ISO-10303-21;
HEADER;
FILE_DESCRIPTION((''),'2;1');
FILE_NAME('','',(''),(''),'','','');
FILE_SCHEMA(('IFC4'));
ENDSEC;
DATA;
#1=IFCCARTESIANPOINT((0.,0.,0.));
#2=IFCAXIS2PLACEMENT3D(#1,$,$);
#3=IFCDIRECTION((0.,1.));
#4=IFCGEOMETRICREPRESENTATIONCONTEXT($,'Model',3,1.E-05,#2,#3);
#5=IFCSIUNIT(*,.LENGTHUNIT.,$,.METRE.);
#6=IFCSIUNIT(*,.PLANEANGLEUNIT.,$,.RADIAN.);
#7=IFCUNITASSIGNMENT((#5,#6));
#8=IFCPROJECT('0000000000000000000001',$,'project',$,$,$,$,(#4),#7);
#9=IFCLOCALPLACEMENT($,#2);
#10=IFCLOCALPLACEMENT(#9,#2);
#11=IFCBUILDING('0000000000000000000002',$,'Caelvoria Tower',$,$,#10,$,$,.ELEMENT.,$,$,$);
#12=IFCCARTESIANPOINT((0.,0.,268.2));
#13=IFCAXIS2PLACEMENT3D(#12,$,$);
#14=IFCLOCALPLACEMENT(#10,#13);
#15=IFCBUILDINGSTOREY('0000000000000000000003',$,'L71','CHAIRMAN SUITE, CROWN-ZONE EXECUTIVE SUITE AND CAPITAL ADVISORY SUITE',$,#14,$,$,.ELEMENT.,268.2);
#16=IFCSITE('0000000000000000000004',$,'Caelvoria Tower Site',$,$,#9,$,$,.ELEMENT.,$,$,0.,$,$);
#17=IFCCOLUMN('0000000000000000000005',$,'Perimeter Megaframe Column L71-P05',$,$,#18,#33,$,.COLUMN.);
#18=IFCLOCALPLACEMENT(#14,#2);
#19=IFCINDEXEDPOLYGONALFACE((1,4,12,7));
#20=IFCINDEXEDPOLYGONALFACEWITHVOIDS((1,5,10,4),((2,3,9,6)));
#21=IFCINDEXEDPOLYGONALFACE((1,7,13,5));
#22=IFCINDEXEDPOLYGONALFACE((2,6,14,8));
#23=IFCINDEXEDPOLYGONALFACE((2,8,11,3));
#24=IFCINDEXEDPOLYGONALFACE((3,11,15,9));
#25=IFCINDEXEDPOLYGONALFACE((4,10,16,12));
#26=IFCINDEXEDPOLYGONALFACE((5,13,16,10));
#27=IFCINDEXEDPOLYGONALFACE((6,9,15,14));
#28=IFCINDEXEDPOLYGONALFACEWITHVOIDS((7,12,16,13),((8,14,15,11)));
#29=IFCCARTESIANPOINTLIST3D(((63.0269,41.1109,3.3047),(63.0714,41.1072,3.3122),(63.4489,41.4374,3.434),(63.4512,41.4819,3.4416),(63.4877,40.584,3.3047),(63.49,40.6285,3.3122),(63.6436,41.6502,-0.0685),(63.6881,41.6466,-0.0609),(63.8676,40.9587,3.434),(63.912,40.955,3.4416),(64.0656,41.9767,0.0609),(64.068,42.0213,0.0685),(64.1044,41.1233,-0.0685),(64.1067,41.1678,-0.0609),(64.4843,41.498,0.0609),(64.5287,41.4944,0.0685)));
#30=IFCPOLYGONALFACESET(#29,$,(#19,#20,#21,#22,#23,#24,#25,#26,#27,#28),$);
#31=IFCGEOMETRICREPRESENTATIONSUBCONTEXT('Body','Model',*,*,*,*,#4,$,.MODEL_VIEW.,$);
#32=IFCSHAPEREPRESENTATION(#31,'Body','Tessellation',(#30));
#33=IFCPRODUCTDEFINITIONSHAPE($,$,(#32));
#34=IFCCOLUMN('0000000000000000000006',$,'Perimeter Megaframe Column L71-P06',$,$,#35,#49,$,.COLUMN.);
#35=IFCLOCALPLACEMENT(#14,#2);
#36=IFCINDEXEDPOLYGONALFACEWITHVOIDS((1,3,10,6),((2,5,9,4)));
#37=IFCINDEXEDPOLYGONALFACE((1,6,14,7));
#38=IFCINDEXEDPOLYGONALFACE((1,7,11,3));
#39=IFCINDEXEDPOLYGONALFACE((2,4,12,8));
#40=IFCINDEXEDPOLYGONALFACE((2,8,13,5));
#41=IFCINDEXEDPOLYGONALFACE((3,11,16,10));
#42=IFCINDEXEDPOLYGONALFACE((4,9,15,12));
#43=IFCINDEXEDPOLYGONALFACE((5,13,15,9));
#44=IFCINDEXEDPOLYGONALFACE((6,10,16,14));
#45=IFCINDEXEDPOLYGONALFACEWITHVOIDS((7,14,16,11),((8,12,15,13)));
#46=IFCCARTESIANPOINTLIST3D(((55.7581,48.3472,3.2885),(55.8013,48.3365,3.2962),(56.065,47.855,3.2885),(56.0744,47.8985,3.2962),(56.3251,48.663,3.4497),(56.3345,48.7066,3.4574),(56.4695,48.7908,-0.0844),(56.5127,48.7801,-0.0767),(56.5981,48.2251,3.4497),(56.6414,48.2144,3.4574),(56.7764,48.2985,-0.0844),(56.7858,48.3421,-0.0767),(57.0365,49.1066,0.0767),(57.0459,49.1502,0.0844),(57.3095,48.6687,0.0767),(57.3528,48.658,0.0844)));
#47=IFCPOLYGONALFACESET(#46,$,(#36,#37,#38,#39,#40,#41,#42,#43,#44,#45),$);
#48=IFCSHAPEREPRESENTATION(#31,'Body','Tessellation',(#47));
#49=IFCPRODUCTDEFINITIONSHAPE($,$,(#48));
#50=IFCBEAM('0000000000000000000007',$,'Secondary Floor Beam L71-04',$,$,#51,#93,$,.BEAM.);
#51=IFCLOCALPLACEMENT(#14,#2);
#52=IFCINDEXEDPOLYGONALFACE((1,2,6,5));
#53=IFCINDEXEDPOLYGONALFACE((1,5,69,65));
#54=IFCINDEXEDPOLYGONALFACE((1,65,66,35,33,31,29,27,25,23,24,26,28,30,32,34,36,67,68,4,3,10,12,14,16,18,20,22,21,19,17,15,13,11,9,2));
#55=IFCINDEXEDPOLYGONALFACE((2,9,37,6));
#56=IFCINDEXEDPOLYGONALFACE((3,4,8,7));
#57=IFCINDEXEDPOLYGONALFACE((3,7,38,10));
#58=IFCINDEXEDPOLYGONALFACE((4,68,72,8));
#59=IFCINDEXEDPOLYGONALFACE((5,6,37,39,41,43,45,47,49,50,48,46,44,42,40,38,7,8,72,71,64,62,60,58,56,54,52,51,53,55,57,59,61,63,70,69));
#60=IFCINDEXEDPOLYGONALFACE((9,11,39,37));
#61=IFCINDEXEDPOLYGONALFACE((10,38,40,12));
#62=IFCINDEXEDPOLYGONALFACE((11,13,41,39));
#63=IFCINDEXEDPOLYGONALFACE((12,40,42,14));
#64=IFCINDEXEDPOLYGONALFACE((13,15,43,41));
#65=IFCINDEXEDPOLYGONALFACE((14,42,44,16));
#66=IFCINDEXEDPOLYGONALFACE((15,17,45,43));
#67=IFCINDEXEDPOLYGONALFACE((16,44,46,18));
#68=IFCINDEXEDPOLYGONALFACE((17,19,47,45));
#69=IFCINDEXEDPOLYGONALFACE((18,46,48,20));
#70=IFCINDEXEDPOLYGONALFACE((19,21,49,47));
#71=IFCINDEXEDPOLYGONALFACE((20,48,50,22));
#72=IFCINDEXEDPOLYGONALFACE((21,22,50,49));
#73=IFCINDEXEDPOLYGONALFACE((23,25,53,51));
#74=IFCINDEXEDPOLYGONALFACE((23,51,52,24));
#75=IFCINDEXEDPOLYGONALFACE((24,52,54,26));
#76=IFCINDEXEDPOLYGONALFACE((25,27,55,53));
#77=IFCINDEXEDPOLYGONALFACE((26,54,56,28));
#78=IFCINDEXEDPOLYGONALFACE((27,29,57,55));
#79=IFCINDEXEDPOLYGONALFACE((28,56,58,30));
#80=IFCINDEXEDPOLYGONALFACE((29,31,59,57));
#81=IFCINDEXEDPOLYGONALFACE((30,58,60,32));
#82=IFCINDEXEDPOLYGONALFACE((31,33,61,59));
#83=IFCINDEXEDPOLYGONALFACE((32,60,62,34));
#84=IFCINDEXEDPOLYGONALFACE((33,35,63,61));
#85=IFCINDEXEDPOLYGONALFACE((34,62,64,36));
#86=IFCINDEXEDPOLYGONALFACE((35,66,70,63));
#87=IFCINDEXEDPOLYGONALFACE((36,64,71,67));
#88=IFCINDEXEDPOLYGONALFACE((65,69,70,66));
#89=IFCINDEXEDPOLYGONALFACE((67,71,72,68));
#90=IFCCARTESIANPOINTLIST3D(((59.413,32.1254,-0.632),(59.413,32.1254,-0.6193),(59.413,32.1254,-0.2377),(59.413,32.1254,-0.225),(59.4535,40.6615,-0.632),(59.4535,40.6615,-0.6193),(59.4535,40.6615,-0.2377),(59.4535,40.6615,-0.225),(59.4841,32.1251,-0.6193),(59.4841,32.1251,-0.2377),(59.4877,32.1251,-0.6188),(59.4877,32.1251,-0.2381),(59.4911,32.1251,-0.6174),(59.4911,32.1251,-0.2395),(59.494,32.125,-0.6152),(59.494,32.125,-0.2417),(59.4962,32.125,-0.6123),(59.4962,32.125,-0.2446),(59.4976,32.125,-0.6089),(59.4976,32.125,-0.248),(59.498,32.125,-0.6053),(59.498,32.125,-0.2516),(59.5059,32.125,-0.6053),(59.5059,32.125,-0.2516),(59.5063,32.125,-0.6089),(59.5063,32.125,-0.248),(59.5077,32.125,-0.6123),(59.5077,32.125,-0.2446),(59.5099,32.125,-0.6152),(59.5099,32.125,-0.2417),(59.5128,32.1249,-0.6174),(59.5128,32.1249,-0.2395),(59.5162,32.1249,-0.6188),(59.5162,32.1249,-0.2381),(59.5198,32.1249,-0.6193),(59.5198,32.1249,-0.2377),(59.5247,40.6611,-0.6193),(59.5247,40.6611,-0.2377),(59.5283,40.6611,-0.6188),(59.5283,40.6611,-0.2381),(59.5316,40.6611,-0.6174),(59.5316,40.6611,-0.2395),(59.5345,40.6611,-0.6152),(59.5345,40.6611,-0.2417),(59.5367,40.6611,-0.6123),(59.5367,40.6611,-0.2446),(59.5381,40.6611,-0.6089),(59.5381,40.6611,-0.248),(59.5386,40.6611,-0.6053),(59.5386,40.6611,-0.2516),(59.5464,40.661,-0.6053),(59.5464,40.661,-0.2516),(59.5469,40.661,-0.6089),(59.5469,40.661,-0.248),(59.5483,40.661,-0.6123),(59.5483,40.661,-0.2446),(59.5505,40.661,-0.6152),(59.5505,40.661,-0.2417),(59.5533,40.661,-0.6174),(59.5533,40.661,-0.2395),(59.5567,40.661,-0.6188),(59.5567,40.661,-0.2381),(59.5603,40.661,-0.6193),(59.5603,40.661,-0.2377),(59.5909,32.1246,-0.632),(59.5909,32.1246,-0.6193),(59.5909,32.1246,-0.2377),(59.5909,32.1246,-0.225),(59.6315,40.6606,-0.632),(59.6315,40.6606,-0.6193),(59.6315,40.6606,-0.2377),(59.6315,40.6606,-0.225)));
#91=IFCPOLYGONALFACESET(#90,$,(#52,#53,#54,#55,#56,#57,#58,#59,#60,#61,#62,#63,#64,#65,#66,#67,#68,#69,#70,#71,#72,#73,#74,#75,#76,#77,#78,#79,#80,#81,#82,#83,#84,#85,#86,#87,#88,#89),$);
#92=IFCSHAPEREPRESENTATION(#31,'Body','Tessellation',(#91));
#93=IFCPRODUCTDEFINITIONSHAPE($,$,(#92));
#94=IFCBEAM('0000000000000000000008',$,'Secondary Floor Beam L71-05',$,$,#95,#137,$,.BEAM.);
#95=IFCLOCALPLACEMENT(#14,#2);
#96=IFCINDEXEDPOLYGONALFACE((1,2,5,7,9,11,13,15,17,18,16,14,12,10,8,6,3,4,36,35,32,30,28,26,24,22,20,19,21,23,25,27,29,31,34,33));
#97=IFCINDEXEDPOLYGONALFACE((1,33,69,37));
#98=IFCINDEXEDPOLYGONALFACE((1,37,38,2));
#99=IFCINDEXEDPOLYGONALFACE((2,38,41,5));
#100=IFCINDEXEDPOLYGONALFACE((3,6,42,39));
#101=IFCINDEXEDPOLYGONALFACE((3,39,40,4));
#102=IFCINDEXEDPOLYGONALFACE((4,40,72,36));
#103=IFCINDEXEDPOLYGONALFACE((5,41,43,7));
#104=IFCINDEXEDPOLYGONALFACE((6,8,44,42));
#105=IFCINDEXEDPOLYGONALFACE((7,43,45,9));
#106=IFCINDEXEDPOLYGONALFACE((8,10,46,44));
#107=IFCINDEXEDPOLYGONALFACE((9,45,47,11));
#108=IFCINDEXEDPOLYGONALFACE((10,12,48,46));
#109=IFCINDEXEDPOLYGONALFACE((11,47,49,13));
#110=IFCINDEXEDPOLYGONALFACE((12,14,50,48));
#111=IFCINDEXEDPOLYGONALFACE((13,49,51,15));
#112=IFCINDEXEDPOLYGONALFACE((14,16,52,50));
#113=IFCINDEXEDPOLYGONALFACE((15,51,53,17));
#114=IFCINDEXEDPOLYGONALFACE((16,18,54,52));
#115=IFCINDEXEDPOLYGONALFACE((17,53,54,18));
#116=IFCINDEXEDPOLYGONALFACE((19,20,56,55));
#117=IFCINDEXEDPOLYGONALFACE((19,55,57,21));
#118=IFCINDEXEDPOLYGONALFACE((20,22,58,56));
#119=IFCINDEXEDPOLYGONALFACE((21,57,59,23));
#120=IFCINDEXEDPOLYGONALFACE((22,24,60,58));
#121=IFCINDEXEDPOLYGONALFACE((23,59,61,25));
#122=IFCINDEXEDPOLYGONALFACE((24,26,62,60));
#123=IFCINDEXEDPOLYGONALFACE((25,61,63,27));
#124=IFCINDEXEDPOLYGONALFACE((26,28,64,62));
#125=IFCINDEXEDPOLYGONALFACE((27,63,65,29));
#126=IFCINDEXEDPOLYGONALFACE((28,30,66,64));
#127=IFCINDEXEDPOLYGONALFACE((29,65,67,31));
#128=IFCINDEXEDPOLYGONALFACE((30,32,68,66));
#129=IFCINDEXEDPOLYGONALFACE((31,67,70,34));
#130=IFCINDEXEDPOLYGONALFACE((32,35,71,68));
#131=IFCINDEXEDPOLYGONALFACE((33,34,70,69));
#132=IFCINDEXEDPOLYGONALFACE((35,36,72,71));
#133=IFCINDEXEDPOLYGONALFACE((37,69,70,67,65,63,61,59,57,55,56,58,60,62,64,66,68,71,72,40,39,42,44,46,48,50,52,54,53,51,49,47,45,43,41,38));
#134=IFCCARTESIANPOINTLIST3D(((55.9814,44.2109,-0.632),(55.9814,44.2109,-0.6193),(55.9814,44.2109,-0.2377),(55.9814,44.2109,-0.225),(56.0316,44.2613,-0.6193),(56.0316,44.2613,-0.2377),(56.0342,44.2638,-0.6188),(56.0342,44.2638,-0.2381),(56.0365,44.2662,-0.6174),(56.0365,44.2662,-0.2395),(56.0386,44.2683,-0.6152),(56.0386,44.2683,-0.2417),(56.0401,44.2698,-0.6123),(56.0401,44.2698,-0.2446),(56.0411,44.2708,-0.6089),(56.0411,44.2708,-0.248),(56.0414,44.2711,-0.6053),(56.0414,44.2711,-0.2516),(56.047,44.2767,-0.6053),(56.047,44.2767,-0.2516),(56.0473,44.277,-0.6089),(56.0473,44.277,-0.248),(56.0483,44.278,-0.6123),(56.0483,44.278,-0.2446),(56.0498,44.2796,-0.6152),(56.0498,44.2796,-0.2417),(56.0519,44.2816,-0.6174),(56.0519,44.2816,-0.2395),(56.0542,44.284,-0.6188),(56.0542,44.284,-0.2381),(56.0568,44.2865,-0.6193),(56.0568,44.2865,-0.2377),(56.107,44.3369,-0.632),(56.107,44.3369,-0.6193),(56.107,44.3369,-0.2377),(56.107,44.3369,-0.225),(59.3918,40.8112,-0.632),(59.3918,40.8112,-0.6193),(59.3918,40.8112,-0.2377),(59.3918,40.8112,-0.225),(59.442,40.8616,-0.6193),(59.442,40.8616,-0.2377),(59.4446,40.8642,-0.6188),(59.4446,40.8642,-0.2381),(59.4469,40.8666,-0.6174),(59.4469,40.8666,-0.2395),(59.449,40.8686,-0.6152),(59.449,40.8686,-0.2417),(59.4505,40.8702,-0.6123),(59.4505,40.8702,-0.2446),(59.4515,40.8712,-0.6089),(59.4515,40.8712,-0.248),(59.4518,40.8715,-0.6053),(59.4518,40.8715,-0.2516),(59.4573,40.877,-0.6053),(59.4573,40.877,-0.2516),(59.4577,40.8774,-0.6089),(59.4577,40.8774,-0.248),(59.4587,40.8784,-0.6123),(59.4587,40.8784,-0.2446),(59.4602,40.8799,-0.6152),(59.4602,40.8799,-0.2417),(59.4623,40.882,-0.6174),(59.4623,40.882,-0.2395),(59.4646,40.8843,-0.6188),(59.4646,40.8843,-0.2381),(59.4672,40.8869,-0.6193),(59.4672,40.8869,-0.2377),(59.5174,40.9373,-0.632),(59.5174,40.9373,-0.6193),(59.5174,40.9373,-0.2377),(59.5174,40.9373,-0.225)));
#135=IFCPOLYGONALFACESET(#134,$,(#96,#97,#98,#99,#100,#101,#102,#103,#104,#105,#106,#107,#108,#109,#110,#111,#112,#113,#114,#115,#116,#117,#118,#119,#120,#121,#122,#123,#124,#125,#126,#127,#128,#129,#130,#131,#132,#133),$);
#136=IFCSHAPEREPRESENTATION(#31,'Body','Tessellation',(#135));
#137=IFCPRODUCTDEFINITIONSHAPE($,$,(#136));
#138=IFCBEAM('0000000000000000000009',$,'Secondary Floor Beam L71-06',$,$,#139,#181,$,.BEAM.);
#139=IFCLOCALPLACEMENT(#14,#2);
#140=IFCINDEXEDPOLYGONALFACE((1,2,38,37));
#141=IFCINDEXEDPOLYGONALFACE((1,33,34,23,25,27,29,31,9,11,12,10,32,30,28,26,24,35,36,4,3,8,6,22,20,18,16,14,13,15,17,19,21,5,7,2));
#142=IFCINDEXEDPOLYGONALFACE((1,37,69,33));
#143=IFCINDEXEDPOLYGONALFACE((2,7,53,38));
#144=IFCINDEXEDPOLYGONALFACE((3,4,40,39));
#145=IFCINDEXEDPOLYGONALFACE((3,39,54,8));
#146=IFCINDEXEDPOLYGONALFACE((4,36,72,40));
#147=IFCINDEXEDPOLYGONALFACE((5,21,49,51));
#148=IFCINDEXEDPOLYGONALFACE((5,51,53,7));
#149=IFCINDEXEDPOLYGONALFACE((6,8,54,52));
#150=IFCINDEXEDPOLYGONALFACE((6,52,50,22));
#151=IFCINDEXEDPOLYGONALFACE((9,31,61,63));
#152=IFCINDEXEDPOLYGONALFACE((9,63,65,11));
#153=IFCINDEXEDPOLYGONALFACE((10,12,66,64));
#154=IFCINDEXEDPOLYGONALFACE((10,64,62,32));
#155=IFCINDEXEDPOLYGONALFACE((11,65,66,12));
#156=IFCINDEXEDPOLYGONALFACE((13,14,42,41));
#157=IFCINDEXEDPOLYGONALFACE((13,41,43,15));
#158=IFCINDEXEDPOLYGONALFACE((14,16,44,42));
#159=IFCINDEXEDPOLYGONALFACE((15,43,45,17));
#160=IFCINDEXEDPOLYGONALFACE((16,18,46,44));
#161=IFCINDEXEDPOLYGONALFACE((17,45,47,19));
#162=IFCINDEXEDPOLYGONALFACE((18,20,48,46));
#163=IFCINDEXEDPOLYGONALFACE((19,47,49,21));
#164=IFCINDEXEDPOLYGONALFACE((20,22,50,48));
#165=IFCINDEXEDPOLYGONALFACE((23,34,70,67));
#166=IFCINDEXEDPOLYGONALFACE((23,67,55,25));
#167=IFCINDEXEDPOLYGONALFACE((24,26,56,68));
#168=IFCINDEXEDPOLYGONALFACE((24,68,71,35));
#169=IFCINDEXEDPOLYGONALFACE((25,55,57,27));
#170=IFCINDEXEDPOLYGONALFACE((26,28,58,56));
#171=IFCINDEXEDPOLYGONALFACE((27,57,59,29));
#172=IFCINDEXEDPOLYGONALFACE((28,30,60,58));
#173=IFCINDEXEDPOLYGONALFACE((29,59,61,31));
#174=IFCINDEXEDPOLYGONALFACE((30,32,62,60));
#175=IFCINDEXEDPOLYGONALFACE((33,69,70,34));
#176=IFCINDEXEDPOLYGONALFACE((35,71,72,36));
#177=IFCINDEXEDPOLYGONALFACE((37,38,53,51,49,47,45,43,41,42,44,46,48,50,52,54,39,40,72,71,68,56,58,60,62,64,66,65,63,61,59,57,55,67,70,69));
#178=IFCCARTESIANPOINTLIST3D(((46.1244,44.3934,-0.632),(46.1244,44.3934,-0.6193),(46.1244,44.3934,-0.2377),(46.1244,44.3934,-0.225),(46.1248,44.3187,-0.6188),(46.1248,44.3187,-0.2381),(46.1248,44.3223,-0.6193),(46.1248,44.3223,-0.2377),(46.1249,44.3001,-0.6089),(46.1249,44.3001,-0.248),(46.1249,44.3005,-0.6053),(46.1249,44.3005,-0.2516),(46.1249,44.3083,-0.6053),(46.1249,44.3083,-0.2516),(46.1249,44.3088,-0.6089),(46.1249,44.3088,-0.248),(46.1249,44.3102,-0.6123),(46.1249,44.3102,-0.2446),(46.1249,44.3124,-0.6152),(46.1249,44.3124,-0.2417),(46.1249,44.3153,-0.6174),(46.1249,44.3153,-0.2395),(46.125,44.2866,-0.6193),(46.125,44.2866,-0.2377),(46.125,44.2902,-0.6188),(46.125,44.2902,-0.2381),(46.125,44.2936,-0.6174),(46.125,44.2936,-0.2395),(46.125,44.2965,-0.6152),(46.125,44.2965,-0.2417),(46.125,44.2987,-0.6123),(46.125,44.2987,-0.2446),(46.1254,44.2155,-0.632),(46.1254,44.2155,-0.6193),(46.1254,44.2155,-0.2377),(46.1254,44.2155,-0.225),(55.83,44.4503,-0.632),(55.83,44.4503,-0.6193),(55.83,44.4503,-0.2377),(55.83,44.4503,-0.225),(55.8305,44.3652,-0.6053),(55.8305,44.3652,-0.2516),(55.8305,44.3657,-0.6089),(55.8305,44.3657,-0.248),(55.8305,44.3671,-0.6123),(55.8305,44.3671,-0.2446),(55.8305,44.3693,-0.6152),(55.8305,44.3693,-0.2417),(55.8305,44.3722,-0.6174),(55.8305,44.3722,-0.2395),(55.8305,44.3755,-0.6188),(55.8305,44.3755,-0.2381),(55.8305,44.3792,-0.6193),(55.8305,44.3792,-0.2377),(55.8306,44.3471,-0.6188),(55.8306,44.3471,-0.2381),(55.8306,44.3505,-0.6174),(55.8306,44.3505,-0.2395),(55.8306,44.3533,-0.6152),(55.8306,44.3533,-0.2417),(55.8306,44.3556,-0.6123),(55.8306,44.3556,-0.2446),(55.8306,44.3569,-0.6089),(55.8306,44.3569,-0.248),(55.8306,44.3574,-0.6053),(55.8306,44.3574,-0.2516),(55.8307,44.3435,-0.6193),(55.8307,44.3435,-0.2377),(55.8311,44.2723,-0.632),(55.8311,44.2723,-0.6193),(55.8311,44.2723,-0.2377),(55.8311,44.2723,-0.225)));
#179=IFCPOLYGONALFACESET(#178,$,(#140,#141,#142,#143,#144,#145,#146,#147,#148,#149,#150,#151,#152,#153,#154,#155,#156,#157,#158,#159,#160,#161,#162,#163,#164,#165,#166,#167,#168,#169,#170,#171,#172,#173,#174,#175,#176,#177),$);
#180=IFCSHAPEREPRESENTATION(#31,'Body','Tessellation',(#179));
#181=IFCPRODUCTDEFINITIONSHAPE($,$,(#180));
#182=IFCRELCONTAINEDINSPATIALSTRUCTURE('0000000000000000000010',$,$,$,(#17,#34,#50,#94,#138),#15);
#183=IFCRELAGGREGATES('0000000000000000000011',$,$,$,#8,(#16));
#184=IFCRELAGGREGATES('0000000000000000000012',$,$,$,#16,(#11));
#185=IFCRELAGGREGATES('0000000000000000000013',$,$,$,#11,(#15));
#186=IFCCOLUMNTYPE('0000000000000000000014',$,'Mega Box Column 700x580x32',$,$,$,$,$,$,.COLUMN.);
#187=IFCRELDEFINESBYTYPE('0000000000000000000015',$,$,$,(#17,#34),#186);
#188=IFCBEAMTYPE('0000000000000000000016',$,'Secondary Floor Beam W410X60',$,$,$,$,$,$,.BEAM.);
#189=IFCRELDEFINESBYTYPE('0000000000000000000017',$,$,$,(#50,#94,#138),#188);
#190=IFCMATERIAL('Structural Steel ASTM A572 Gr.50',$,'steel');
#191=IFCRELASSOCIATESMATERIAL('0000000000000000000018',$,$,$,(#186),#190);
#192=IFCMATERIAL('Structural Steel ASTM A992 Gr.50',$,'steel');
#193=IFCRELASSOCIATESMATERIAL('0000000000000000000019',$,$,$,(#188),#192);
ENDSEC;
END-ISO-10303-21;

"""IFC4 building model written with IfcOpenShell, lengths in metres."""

from ifc_helpers import new_model, si_unit, direction, frame, origin, origin_2d, place, context, subcontext, project, spatial, hollow_rectangle, i_section, extrude, material, material_profile, profile_set, type_object, element, save


model = new_model("IFC4")

# Units and contexts
model_context = context("Model", 3, precision=1e-05, world=origin(), true_north=direction((0.0, 1.0)))
body_context = subcontext(model_context, "Body", "Model", "MODEL_VIEW")
ifc_project = project(units=[si_unit("LENGTHUNIT", "METRE"), si_unit("PLANEANGLEUNIT", "RADIAN")], contexts=[model_context])

# Site, building, storey
site_placement = place(None, origin())
site = spatial("IfcSite", under=ifc_project, at=site_placement, Name="Caelvoria Tower Site", CompositionType="ELEMENT", RefElevation=0.0)
building_placement = place(site_placement, origin())
building = spatial("IfcBuilding", under=site, at=building_placement, Name="Caelvoria Tower", CompositionType="ELEMENT")
storey_placement = place(building_placement, frame((0.0, 0.0, 268.2)))
storey = spatial("IfcBuildingStorey", under=building, at=storey_placement, Name="L71", Description="CHAIRMAN SUITE, CROWN-ZONE EXECUTIVE SUITE AND CAPITAL ADVISORY SUITE", CompositionType="ELEMENT", Elevation=268.2)

# Columns
ifc_material_1 = material(Name="Structural Steel ASTM A572 Gr.50", Category="steel")
ifc_material_profile_1 = material_profile(ifc_material_1, hollow_rectangle(XDim=0.5801, YDim=0.7, WallThickness=0.032, at=origin_2d()), Name="Structural Steel ASTM A572 Gr.50")
ifc_profile_set_1 = profile_set([ifc_material_profile_1], Name="BOX700X580X32 - Structural Steel ASTM A572 Gr.50")
column_type = type_object("IfcColumnType", Name="Mega Box Column 700x580x32", PredefinedType="COLUMN", material=ifc_profile_set_1)
column_1_placement = place(storey_placement, frame((64.0862, 41.5723, 0.0), z_axis=(-0.177666, -0.15537, 0.971748), x_axis=(0.731495, 0.639696, 0.236019)))
element("IfcColumn", 1, at=column_1_placement, inside=storey, type_object=column_type, Name="Perimeter Megaframe Column L71-P05", PredefinedType="COLUMN", context=body_context, shape_type="SweptSolid", body=[
    extrude(hollow_rectangle(XDim=0.5801, YDim=0.7, WallThickness=0.032, at=origin_2d()), origin(), (0.0, 0.0, 1.0), 3.4712),
])
column_2_placement = place(storey_placement, frame((56.9111, 48.7244, 0.0), z_axis=(-0.204687, -0.127631, 0.970471), x_axis=(0.529109, -0.848554, 0.0)))
element("IfcColumn", 2, at=column_2_placement, inside=storey, type_object=column_type, Name="Perimeter Megaframe Column L71-P06", PredefinedType="COLUMN", context=body_context, shape_type="SweptSolid", body=[
    extrude(hollow_rectangle(XDim=0.5801, YDim=0.7, WallThickness=0.032, at=origin_2d()), origin(), (0.0, 0.0, 1.0), 3.4756),
])

# Beams
ifc_material_2 = material(Name="Structural Steel ASTM A992 Gr.50", Category="steel")
ifc_material_profile_2 = material_profile(ifc_material_2, i_section(OverallWidth=0.178, OverallDepth=0.407, WebThickness=0.0078, FlangeThickness=0.0127, FilletRadius=0.0139, at=origin_2d()), Name="Structural Steel ASTM A992 Gr.50")
ifc_profile_set_2 = profile_set([ifc_material_profile_2], Name="W410X60 - Structural Steel ASTM A992 Gr.50")
beam_type_1 = type_object("IfcBeamType", Name="Secondary Floor Beam W410X60", PredefinedType="BEAM", material=ifc_profile_set_2)
beam_1_placement = place(storey_placement, frame((59.502, 32.125, -0.4285), z_axis=(0.004748, 0.999989, 0.0), x_axis=(-0.999989, 0.004748, 0.0)))
element("IfcBeam", 3, at=beam_1_placement, inside=storey, type_object=beam_type_1, Name="Secondary Floor Beam L71-04", PredefinedType="BEAM", context=body_context, shape_type="SweptSolid", body=[
    extrude(i_section(OverallWidth=0.178, OverallDepth=0.407, WebThickness=0.0078, FlangeThickness=0.0127, FilletRadius=0.0139, at=origin_2d()), origin(), (0.0, 0.0, 1.0), 8.5361),
])
beam_2_placement = place(storey_placement, frame((59.4546, 40.8743, -0.4285), z_axis=(-0.708221, 0.705991, 0.0), x_axis=(-0.705991, -0.708221, 0.0)))
element("IfcBeam", 4, at=beam_2_placement, inside=storey, type_object=beam_type_1, Name="Secondary Floor Beam L71-05", PredefinedType="BEAM", context=body_context, shape_type="SweptSolid", body=[
    extrude(i_section(OverallWidth=0.178, OverallDepth=0.407, WebThickness=0.0078, FlangeThickness=0.0127, FilletRadius=0.0139, at=origin_2d()), origin(), (0.0, 0.0, 1.0), 4.8154),
])
beam_3_placement = place(storey_placement, frame((55.8306, 44.3613, -0.4285), z_axis=(-0.999983, -0.005861, 0.0), x_axis=(0.005861, -0.999983, 0.0)))
element("IfcBeam", 5, at=beam_3_placement, inside=storey, type_object=beam_type_1, Name="Secondary Floor Beam L71-06", PredefinedType="BEAM", context=body_context, shape_type="SweptSolid", body=[
    extrude(i_section(OverallWidth=0.178, OverallDepth=0.407, WebThickness=0.0078, FlangeThickness=0.0127, FilletRadius=0.0139, at=origin_2d()), origin(), (0.0, 0.0, 1.0), 9.7058),
])

save(model, "model.ifc")
